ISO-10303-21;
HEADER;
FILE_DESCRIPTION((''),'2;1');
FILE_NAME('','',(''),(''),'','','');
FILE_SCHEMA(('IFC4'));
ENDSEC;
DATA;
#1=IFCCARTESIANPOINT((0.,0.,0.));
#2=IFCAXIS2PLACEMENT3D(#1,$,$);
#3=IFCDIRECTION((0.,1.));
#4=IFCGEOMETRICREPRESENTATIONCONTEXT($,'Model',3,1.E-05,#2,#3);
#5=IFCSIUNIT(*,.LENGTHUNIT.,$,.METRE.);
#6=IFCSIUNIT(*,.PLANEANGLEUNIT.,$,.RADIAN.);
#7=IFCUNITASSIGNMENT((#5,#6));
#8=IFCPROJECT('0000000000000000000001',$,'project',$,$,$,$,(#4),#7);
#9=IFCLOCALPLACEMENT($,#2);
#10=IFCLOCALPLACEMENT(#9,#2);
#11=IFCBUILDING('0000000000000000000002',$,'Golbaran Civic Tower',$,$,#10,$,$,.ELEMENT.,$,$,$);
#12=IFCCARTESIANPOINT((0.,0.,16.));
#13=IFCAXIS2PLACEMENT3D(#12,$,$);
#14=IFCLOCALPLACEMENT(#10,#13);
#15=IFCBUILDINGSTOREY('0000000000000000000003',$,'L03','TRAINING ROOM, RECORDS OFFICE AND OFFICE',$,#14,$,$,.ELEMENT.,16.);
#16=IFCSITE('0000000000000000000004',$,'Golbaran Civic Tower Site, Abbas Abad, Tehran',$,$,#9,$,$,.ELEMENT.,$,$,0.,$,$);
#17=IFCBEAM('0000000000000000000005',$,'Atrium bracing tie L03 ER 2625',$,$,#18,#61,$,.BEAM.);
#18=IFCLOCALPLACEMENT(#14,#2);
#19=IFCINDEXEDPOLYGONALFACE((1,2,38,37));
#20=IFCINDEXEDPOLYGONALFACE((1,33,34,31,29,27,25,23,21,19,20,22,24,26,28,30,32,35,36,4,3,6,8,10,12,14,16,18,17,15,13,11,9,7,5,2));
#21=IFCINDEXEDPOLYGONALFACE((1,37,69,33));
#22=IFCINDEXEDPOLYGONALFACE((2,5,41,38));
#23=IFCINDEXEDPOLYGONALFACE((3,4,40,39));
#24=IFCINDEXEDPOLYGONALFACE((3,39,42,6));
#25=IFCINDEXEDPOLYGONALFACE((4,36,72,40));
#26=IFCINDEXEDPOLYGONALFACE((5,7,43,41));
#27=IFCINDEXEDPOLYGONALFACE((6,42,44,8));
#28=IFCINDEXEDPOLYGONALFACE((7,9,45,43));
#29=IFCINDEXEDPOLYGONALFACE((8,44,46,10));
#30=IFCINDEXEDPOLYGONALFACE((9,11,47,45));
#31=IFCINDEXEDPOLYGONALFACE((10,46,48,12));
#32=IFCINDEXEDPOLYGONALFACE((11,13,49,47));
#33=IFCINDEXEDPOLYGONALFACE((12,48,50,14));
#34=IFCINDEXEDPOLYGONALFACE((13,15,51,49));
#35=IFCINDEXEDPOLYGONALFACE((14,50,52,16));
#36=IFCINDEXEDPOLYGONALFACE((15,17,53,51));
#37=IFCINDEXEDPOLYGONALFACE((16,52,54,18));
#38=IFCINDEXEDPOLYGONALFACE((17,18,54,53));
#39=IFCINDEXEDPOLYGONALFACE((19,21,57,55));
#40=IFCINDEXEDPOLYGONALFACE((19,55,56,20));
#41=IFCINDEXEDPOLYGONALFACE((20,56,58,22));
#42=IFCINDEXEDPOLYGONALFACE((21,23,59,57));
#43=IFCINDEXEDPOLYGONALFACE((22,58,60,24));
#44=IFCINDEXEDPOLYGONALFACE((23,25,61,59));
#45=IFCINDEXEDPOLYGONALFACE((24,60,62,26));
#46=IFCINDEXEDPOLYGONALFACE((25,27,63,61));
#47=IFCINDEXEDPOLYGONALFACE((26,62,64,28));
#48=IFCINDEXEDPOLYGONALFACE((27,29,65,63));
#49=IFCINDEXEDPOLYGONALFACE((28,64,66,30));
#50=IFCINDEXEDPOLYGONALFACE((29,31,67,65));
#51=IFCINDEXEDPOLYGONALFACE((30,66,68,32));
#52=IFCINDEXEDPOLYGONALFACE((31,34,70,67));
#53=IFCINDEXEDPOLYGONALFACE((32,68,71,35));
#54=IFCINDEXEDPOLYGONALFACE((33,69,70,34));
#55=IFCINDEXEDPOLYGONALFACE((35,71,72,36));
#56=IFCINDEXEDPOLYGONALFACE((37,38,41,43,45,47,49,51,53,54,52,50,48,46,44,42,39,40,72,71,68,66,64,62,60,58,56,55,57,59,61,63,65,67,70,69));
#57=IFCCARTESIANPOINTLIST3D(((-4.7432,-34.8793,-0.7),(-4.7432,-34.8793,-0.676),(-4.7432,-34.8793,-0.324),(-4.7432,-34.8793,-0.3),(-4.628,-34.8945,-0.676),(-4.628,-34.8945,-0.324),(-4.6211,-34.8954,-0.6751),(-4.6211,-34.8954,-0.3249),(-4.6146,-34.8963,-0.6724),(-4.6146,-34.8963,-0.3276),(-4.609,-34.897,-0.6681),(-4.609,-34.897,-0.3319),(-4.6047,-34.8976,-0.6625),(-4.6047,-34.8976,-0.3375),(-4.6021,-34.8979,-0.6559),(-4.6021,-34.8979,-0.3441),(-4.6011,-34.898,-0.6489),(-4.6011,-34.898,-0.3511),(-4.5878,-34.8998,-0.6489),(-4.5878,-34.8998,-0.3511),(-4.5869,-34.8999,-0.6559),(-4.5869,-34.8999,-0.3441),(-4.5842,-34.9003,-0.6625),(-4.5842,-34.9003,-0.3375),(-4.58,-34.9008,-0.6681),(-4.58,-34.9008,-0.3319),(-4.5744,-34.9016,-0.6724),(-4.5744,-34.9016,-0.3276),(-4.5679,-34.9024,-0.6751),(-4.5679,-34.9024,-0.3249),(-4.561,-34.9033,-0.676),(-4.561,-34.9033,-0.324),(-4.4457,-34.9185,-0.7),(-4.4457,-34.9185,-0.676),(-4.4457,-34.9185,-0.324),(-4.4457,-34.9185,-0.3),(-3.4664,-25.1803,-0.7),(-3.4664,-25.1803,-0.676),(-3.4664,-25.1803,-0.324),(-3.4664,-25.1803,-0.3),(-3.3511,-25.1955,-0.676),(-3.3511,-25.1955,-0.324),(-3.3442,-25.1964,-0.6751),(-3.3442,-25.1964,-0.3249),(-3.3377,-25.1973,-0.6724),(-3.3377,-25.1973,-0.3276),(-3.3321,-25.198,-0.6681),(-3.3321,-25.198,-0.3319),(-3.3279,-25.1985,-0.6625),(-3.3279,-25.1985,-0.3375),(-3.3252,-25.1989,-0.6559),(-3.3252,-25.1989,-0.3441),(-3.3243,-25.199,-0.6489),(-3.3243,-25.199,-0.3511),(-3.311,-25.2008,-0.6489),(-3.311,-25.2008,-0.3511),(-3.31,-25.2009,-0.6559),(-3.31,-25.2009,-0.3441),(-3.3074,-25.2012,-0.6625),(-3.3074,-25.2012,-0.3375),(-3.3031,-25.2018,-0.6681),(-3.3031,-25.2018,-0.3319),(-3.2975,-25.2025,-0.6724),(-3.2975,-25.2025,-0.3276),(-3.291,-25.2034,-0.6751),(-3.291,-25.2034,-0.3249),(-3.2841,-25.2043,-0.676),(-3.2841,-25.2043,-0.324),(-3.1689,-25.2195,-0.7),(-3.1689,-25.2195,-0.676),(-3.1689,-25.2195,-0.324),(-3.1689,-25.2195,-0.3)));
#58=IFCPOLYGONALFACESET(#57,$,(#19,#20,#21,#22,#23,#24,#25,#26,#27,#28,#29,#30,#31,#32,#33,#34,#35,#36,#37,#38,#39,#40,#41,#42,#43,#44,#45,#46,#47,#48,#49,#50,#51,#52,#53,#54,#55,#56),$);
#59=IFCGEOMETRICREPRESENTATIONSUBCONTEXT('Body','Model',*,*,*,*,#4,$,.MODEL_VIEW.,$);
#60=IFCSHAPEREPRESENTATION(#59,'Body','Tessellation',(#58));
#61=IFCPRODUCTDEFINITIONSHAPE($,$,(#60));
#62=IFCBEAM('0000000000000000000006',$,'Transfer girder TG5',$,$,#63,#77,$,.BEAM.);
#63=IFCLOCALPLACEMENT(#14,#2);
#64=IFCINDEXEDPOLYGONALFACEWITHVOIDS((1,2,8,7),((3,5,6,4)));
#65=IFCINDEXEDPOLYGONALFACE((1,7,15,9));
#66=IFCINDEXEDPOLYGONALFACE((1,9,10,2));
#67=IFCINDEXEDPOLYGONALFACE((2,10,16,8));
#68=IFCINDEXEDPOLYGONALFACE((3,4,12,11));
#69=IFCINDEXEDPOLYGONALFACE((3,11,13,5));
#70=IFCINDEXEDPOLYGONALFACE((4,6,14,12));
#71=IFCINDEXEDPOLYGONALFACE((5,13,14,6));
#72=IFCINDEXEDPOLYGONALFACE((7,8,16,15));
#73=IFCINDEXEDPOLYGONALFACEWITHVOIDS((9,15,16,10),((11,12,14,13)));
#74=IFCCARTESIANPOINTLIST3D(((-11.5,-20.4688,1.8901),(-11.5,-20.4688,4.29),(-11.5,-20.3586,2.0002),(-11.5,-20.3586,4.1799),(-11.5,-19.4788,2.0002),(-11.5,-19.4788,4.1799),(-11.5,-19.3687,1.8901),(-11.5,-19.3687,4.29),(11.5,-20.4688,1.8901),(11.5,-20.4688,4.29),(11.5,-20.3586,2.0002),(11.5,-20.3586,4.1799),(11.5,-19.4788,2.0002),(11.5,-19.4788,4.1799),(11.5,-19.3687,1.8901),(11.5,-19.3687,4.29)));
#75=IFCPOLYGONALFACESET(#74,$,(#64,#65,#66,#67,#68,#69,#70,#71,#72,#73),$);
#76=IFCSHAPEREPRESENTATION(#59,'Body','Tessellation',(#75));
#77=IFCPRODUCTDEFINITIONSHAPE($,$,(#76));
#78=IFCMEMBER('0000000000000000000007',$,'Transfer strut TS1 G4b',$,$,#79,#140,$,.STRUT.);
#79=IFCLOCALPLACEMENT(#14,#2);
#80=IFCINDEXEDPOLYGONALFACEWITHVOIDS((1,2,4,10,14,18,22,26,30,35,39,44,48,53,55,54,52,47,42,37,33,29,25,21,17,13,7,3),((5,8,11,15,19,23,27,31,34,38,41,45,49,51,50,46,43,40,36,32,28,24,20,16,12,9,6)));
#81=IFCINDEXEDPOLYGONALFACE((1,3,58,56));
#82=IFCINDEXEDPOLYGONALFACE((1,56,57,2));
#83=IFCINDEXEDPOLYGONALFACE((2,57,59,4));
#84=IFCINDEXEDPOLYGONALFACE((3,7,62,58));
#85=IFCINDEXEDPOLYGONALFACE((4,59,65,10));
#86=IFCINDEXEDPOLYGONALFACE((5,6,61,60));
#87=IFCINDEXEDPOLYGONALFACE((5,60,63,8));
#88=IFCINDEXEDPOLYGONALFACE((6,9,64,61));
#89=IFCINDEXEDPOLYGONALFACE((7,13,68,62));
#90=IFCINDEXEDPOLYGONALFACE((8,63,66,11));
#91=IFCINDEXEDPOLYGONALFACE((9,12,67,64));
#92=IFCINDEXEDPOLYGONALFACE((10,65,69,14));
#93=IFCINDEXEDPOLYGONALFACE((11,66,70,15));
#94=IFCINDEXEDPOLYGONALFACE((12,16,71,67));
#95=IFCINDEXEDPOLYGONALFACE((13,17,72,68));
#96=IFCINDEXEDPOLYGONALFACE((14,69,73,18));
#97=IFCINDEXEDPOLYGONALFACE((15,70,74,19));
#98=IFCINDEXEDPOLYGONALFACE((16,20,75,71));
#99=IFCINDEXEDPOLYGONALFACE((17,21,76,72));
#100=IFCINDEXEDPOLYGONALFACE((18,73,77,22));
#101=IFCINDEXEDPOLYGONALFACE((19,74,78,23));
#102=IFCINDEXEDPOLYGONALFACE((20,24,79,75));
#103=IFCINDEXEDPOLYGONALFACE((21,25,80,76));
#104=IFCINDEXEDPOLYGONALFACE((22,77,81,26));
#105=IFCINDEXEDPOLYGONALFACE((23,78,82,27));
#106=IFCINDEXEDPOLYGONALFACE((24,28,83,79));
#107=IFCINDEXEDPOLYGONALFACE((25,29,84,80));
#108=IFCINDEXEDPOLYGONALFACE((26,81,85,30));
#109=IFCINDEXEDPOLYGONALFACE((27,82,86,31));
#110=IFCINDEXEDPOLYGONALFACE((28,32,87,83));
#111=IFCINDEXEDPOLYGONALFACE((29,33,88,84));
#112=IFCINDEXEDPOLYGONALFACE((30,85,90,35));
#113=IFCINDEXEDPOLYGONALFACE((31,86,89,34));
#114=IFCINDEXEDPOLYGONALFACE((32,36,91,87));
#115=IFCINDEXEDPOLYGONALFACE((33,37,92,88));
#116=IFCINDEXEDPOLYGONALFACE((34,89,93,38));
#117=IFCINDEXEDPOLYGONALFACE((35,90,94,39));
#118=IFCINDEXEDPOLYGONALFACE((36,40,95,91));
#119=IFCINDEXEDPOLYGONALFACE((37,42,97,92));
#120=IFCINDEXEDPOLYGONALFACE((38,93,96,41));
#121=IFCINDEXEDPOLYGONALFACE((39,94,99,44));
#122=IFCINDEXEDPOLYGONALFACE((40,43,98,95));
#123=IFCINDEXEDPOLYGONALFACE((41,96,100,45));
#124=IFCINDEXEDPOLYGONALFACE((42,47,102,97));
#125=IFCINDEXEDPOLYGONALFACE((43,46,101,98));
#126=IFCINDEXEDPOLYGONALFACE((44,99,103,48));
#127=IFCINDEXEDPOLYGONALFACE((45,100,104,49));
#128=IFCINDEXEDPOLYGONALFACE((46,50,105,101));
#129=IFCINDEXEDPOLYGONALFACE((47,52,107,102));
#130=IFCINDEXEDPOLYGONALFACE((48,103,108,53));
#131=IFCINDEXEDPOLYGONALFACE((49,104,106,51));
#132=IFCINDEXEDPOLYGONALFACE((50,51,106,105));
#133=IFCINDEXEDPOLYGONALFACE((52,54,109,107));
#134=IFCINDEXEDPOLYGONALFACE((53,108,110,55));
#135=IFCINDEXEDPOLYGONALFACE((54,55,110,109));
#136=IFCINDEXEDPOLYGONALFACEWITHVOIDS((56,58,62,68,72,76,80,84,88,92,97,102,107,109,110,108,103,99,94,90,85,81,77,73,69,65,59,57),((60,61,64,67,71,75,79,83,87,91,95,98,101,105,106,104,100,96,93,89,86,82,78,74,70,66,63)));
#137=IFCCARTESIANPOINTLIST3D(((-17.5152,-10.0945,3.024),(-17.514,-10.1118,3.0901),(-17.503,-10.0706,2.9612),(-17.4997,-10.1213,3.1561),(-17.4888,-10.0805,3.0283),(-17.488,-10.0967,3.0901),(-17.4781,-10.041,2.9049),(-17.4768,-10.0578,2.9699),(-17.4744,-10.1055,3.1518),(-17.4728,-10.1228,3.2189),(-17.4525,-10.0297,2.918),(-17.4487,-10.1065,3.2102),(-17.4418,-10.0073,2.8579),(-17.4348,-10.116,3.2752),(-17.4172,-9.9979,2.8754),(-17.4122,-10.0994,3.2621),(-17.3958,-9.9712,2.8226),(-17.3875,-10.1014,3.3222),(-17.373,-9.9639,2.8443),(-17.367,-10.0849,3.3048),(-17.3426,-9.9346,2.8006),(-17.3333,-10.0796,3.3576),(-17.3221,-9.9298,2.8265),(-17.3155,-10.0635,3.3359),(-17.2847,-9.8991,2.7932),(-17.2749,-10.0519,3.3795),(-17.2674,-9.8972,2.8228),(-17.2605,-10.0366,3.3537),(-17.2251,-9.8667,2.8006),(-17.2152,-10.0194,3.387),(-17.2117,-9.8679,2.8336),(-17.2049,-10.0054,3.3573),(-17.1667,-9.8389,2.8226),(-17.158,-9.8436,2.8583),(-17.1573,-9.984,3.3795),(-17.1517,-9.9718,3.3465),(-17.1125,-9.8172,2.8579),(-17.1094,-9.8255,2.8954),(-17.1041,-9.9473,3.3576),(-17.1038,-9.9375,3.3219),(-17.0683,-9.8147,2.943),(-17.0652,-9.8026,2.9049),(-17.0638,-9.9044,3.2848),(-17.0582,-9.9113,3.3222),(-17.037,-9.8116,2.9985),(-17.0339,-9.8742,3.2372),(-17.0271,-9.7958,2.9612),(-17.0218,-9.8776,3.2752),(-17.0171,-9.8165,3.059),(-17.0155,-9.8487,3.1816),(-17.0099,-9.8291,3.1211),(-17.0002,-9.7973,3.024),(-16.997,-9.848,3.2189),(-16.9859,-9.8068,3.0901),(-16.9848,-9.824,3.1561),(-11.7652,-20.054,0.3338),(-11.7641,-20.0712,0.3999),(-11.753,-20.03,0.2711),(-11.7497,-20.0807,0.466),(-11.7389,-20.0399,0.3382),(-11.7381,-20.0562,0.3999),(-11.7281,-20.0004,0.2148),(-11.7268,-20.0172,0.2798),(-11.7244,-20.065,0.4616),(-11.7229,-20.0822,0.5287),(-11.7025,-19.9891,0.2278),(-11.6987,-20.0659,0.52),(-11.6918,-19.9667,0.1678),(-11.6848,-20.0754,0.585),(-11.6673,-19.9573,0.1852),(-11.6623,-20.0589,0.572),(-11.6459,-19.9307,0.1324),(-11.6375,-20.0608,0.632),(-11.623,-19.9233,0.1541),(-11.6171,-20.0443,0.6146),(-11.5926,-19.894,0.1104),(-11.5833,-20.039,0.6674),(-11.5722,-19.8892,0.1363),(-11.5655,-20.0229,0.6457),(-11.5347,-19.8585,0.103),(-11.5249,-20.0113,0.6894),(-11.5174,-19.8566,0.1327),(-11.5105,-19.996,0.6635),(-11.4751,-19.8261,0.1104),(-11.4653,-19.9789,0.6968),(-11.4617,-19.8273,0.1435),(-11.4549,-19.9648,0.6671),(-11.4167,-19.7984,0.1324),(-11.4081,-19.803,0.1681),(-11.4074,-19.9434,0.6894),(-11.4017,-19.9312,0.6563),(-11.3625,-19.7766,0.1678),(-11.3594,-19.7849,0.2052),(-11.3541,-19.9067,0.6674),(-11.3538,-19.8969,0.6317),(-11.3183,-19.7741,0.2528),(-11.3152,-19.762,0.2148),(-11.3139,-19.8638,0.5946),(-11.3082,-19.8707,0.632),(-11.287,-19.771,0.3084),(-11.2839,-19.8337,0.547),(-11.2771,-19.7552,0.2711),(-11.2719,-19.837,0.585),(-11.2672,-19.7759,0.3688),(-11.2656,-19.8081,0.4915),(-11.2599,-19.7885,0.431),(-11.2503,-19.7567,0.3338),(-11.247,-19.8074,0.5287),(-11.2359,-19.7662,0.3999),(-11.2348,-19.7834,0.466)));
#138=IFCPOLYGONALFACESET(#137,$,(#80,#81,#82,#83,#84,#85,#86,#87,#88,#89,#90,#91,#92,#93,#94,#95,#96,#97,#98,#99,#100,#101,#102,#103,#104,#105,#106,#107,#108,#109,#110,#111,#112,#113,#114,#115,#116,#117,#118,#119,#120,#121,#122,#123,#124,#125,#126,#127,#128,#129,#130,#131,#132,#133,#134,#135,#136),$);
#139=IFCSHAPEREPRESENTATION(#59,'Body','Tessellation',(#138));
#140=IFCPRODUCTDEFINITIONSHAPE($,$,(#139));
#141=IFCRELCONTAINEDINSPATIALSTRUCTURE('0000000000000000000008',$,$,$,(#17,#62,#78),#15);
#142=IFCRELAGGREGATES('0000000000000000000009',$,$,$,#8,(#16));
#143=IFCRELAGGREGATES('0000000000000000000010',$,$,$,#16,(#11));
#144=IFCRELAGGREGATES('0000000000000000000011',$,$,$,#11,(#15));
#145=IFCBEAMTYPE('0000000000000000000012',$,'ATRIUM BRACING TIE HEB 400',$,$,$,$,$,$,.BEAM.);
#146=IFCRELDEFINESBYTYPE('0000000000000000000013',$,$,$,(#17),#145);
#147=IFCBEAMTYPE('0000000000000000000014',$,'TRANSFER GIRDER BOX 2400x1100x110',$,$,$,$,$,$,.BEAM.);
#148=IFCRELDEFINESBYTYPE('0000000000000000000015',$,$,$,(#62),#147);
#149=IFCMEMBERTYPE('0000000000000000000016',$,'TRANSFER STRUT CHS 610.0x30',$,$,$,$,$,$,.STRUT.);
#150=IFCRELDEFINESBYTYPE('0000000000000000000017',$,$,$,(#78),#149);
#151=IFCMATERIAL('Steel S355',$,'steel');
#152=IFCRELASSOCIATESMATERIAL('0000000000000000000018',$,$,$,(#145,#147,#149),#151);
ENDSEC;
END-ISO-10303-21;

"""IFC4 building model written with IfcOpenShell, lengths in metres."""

from ifc_helpers import new_model, si_unit, direction, frame, origin, origin_2d, place, context, subcontext, project, spatial, hollow_rectangle, hollow_circle, i_section, extrude, material, material_profile, profile_set, type_object, element, save


model = new_model("IFC4")

# Units and contexts
model_context = context("Model", 3, precision=1e-05, world=origin(), true_north=direction((0.0, 1.0)))
body_context = subcontext(model_context, "Body", "Model", "MODEL_VIEW")
ifc_project = project(units=[si_unit("LENGTHUNIT", "METRE"), si_unit("PLANEANGLEUNIT", "RADIAN")], contexts=[model_context])

# Site, building, storey
site_placement = place(None, origin())
site = spatial("IfcSite", under=ifc_project, at=site_placement, Name="Golbaran Civic Tower Site, Abbas Abad, Tehran", CompositionType="ELEMENT", RefElevation=0.0)
building_placement = place(site_placement, origin())
building = spatial("IfcBuilding", under=site, at=building_placement, Name="Golbaran Civic Tower", CompositionType="ELEMENT")
storey_placement = place(building_placement, frame((0.0, 0.0, 16.0)))
storey = spatial("IfcBuildingStorey", under=building, at=storey_placement, Name="L03", Description="TRAINING ROOM, RECORDS OFFICE AND OFFICE", CompositionType="ELEMENT", Elevation=16.0)

# Shared definitions
ifc_material_1 = material(Name="Steel S355", Category="steel")

# Beams
ifc_material_profile_1 = material_profile(ifc_material_1, i_section(OverallWidth=0.3, OverallDepth=0.3999, WebThickness=0.0134, FlangeThickness=0.0239, FilletRadius=0.0271, at=origin_2d()), Name="HEB 400")
ifc_profile_set_1 = profile_set([ifc_material_profile_1], Name="Steel S355")
beam_type_1 = type_object("IfcBeamType", Name="ATRIUM BRACING TIE HEB 400", PredefinedType="BEAM", material=ifc_profile_set_1)
beam_1_placement = place(storey_placement, frame((-4.5945, -34.8989, -0.5), z_axis=(0.130522, 0.991445, 0.0), x_axis=(-0.991445, 0.130522, 0.0)))
element("IfcBeam", 1, at=beam_1_placement, inside=storey, type_object=beam_type_1, Name="Atrium bracing tie L03 ER 2625", PredefinedType="BEAM", context=body_context, shape_type="SweptSolid", body=[
    extrude(i_section(OverallWidth=0.3, OverallDepth=0.3999, WebThickness=0.0134, FlangeThickness=0.0239, FilletRadius=0.0271, at=origin_2d()), origin(), (0.0, 0.0, 1.0), 9.7827),
])
ifc_material_profile_2 = material_profile(ifc_material_1, hollow_rectangle(XDim=1.1001, YDim=2.3999, WallThickness=0.1101, at=origin_2d()), Name="BOX 2400x1100x110")
ifc_profile_set_2 = profile_set([ifc_material_profile_2], Name="Steel S355")
beam_type_2 = type_object("IfcBeamType", Name="TRANSFER GIRDER BOX 2400x1100x110", PredefinedType="BEAM", material=ifc_profile_set_2)
beam_2_placement = place(storey_placement, frame((-11.5, -19.9187, 3.0901), z_axis=(1.0, 0.0, 0.0), x_axis=(0.0, 1.0, 0.0)))
element("IfcBeam", 2, at=beam_2_placement, inside=storey, type_object=beam_type_2, Name="Transfer girder TG5", PredefinedType="BEAM", context=body_context, shape_type="SweptSolid", body=[
    extrude(hollow_rectangle(XDim=1.1001, YDim=2.3999, WallThickness=0.1101, at=origin_2d()), origin(), (0.0, 0.0, 1.0), 23.0),
])

# Member
ifc_material_profile_3 = material_profile(ifc_material_1, hollow_circle(Radius=0.3049, WallThickness=0.03, at=origin_2d()), Name="CHS 610.0x30")
ifc_profile_set_3 = profile_set([ifc_material_profile_3], Name="Steel S355")
member_type = type_object("IfcMemberType", Name="TRANSFER STRUT CHS 610.0x30", PredefinedType="STRUT", material=ifc_profile_set_3)
for number, where, z_axis, x_axis, name in (
    (3, (-11.5, -19.9187, 0.3999), (-0.48685, 0.843264, 0.227777), (-0.866029, -0.499993, 0.0), "Transfer strut TS1 G4b"),
):
    element("IfcMember", number, at=place(storey_placement, frame(where, z_axis=z_axis, x_axis=x_axis)), inside=storey, type_object=member_type, Name=name, PredefinedType="STRUT", context=body_context, shape_type="SweptSolid", body=[
        extrude(hollow_circle(Radius=0.3049, WallThickness=0.03, at=origin_2d()), origin(), (0.0, 0.0, 1.0), 11.8105),
    ])

save(model, "model.ifc")
